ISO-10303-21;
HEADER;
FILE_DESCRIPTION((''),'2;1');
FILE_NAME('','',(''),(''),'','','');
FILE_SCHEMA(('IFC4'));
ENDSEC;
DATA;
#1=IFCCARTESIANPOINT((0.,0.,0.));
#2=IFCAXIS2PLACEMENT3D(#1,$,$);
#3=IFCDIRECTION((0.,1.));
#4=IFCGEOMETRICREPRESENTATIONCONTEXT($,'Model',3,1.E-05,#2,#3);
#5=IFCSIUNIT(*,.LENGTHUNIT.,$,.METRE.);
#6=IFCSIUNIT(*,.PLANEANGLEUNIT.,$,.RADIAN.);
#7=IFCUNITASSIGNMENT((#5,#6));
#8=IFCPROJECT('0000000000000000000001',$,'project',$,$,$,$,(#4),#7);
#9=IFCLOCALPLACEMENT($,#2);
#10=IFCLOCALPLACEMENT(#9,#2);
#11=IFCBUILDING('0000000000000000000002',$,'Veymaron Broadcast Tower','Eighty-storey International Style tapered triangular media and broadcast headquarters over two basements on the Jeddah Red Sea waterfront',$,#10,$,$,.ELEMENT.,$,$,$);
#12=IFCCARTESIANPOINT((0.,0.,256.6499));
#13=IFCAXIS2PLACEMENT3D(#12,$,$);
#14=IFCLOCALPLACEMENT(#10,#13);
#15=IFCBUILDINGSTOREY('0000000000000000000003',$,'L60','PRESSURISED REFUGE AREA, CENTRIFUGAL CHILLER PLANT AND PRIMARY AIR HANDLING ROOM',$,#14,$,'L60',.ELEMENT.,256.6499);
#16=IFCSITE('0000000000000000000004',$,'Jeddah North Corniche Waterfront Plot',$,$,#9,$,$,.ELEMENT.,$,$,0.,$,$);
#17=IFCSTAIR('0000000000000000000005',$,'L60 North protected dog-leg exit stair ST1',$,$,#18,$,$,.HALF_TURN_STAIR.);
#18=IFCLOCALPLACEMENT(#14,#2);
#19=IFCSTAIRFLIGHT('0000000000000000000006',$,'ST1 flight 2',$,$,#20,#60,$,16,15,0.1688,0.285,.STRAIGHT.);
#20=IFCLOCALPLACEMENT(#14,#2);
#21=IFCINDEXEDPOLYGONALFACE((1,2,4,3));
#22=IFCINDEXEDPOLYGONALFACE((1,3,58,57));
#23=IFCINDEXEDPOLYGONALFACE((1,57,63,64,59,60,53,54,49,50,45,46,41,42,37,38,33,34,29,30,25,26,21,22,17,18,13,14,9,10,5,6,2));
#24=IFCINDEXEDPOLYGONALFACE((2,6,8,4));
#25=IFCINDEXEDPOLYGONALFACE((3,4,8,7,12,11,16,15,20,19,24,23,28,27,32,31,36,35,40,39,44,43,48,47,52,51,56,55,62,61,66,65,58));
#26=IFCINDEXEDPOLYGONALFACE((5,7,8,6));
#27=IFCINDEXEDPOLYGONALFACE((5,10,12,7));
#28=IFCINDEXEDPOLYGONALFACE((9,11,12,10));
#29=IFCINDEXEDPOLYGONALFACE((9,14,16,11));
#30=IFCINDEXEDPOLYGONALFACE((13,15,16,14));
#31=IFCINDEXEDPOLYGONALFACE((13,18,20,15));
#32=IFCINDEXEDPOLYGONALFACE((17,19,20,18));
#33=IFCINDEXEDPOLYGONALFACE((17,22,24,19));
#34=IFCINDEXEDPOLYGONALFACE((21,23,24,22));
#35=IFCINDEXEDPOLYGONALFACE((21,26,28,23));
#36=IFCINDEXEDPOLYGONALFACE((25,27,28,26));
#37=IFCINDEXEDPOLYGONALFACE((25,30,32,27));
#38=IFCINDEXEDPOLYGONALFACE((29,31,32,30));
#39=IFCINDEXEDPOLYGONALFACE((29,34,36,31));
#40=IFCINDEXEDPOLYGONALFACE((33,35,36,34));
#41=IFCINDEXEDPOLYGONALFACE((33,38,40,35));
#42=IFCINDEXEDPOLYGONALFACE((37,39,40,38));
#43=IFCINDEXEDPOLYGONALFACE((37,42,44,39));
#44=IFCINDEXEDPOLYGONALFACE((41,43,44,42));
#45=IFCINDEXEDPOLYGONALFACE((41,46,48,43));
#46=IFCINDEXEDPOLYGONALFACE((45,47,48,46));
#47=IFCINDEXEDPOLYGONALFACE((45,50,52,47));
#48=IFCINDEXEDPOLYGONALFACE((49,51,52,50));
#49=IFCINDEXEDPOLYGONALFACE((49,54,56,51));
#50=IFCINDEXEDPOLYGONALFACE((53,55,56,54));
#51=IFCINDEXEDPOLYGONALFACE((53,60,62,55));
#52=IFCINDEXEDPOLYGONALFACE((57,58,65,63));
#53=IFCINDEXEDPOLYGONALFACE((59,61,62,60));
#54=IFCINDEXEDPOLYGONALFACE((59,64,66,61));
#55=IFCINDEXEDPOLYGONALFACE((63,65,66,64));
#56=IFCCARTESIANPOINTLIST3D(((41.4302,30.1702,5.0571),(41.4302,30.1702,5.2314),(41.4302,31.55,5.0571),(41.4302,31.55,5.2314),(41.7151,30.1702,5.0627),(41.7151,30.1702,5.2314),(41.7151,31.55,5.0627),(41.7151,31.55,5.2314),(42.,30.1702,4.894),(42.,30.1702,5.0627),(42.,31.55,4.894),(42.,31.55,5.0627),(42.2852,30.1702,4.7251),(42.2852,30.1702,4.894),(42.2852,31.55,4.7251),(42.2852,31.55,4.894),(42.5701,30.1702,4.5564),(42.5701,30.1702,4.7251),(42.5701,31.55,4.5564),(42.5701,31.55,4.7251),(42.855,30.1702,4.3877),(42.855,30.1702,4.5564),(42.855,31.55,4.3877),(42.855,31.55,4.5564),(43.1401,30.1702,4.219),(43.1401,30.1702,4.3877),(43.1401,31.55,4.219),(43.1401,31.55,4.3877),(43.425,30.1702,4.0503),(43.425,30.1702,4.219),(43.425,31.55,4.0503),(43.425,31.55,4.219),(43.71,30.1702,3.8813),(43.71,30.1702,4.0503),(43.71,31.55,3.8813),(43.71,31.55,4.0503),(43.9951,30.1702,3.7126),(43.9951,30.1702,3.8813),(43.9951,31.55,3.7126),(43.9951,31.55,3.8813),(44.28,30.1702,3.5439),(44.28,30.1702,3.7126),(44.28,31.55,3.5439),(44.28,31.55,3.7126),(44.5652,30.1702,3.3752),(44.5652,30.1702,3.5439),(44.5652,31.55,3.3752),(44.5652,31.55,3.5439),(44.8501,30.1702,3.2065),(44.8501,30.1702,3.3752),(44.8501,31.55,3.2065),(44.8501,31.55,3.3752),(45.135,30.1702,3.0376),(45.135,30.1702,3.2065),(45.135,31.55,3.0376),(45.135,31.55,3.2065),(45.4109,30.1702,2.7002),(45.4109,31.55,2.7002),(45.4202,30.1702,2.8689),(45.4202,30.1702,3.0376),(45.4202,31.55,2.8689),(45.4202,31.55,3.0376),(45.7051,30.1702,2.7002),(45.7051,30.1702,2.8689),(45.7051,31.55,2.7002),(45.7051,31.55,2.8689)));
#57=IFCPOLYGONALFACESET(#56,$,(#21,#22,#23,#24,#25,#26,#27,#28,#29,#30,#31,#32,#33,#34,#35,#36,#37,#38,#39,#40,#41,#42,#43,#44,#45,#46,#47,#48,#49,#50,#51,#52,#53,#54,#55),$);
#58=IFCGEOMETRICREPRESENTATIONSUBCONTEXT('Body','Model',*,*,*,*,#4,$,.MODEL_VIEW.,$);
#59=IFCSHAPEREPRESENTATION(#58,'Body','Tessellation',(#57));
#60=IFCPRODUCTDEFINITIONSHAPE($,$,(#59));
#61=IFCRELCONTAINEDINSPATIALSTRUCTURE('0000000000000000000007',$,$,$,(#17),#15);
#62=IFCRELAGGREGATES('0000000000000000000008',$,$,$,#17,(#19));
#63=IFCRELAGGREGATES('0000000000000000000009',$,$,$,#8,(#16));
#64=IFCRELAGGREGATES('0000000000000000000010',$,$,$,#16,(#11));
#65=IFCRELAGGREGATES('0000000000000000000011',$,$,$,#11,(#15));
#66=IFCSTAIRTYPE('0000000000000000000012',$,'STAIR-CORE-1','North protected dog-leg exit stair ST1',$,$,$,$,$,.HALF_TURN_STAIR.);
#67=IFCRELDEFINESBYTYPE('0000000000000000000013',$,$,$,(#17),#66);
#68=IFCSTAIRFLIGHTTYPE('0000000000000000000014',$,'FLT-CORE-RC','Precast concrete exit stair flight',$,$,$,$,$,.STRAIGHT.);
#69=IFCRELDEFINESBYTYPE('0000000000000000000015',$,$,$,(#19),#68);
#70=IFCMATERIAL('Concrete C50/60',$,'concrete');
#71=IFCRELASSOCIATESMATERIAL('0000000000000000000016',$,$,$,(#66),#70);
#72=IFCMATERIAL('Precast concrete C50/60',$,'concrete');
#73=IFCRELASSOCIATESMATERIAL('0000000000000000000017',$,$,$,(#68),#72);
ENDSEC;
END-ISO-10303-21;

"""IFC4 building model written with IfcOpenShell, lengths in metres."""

from ifc_helpers import new_model, si_unit, direction, frame, origin, place, context, subcontext, project, spatial, polyline, outline, extrude, material, type_object, element, aggregate, save


model = new_model("IFC4")

# Units and contexts
model_context = context("Model", 3, precision=1e-05, world=origin(), true_north=direction((0.0, 1.0)))
body_context = subcontext(model_context, "Body", "Model", "MODEL_VIEW")
ifc_project = project(units=[si_unit("LENGTHUNIT", "METRE"), si_unit("PLANEANGLEUNIT", "RADIAN")], contexts=[model_context])

# Site, building, storey
site_placement = place(None, origin())
site = spatial("IfcSite", under=ifc_project, at=site_placement, Name="Jeddah North Corniche Waterfront Plot", CompositionType="ELEMENT", RefElevation=0.0)
building_placement = place(site_placement, origin())
building = spatial("IfcBuilding", under=site, at=building_placement, Name="Veymaron Broadcast Tower", Description="Eighty-storey International Style tapered triangular media and broadcast headquarters over two basements on the Jeddah Red Sea waterfront", CompositionType="ELEMENT")
storey_placement = place(building_placement, frame((0.0, 0.0, 256.6499)))
storey = spatial("IfcBuildingStorey", under=building, at=storey_placement, Name="L60", Description="PRESSURISED REFUGE AREA, CENTRIFUGAL CHILLER PLANT AND PRIMARY AIR HANDLING ROOM", LongName="L60", CompositionType="ELEMENT", Elevation=256.6499)

# Shared definitions
ifc_material_1 = material(Name="Concrete C50/60", Category="concrete")

# Stair, stair flight
stair_type = type_object("IfcStairType", Name="STAIR-CORE-1", Description="North protected dog-leg exit stair ST1", PredefinedType="HALF_TURN_STAIR", material=ifc_material_1)
stair_placement = place(storey_placement, origin())
stair = element("IfcStair", 1, at=stair_placement, inside=storey, type_object=stair_type, Name="L60 North protected dog-leg exit stair ST1", PredefinedType="HALF_TURN_STAIR")
ifc_material_2 = material(Name="Precast concrete C50/60", Category="concrete")
stair_flight_type = type_object("IfcStairFlightType", Name="FLT-CORE-RC", Description="Precast concrete exit stair flight", PredefinedType="STRAIGHT", material=ifc_material_2)
stair_flight_1_placement = place(storey_placement, frame((45.7051, 30.8601, 2.7002), z_axis=(0.0, 0.0, 1.0), x_axis=(-1.0, 0.0, 0.0)))
stair_flight_1 = element("IfcStairFlight", 2, at=stair_flight_1_placement, type_object=stair_flight_type, Name="ST1 flight 2", NumberOfRisers=16, NumberOfTreads=15, PredefinedType="STRAIGHT", RiserHeight=0.1688, TreadLength=0.285, context=body_context, shape_type="SweptSolid", body=[
    extrude(outline(polyline([(0.0, 0.0), (0.0, 0.1687), (0.2849, 0.1687), (0.2849, 0.3374), (0.5701, 0.3374), (0.5701, 0.5063), (0.855, 0.5063), (0.855, 0.675), (1.1399, 0.675), (1.1399, 0.8438), (1.425, 0.8438), (1.425, 1.0125), (1.71, 1.0125), (1.71, 1.1812), (1.9951, 1.1812), (1.9951, 1.3501), (2.28, 1.3501), (2.28, 1.5188), (2.5649, 1.5188), (2.5649, 1.6875), (2.8501, 1.6875), (2.8501, 1.8562), (3.135, 1.8562), (3.135, 2.0249), (3.4199, 2.0249), (3.4199, 2.1938), (3.7051, 2.1938), (3.7051, 2.3625), (3.99, 2.3625), (3.99, 2.5312), (4.2749, 2.5312), (4.2749, 2.7), (4.2749, 2.3569), (0.2942, 0.0), (0.0, 0.0)])), frame((0.0, 0.6899, 0.0), z_axis=(0.0, -1.0, 0.0), x_axis=(1.0, 0.0, 0.0)), (0.0, 0.0, 1.0), 1.3799),
])
aggregate(stair, [stair_flight_1])

save(model, "model.ifc")
